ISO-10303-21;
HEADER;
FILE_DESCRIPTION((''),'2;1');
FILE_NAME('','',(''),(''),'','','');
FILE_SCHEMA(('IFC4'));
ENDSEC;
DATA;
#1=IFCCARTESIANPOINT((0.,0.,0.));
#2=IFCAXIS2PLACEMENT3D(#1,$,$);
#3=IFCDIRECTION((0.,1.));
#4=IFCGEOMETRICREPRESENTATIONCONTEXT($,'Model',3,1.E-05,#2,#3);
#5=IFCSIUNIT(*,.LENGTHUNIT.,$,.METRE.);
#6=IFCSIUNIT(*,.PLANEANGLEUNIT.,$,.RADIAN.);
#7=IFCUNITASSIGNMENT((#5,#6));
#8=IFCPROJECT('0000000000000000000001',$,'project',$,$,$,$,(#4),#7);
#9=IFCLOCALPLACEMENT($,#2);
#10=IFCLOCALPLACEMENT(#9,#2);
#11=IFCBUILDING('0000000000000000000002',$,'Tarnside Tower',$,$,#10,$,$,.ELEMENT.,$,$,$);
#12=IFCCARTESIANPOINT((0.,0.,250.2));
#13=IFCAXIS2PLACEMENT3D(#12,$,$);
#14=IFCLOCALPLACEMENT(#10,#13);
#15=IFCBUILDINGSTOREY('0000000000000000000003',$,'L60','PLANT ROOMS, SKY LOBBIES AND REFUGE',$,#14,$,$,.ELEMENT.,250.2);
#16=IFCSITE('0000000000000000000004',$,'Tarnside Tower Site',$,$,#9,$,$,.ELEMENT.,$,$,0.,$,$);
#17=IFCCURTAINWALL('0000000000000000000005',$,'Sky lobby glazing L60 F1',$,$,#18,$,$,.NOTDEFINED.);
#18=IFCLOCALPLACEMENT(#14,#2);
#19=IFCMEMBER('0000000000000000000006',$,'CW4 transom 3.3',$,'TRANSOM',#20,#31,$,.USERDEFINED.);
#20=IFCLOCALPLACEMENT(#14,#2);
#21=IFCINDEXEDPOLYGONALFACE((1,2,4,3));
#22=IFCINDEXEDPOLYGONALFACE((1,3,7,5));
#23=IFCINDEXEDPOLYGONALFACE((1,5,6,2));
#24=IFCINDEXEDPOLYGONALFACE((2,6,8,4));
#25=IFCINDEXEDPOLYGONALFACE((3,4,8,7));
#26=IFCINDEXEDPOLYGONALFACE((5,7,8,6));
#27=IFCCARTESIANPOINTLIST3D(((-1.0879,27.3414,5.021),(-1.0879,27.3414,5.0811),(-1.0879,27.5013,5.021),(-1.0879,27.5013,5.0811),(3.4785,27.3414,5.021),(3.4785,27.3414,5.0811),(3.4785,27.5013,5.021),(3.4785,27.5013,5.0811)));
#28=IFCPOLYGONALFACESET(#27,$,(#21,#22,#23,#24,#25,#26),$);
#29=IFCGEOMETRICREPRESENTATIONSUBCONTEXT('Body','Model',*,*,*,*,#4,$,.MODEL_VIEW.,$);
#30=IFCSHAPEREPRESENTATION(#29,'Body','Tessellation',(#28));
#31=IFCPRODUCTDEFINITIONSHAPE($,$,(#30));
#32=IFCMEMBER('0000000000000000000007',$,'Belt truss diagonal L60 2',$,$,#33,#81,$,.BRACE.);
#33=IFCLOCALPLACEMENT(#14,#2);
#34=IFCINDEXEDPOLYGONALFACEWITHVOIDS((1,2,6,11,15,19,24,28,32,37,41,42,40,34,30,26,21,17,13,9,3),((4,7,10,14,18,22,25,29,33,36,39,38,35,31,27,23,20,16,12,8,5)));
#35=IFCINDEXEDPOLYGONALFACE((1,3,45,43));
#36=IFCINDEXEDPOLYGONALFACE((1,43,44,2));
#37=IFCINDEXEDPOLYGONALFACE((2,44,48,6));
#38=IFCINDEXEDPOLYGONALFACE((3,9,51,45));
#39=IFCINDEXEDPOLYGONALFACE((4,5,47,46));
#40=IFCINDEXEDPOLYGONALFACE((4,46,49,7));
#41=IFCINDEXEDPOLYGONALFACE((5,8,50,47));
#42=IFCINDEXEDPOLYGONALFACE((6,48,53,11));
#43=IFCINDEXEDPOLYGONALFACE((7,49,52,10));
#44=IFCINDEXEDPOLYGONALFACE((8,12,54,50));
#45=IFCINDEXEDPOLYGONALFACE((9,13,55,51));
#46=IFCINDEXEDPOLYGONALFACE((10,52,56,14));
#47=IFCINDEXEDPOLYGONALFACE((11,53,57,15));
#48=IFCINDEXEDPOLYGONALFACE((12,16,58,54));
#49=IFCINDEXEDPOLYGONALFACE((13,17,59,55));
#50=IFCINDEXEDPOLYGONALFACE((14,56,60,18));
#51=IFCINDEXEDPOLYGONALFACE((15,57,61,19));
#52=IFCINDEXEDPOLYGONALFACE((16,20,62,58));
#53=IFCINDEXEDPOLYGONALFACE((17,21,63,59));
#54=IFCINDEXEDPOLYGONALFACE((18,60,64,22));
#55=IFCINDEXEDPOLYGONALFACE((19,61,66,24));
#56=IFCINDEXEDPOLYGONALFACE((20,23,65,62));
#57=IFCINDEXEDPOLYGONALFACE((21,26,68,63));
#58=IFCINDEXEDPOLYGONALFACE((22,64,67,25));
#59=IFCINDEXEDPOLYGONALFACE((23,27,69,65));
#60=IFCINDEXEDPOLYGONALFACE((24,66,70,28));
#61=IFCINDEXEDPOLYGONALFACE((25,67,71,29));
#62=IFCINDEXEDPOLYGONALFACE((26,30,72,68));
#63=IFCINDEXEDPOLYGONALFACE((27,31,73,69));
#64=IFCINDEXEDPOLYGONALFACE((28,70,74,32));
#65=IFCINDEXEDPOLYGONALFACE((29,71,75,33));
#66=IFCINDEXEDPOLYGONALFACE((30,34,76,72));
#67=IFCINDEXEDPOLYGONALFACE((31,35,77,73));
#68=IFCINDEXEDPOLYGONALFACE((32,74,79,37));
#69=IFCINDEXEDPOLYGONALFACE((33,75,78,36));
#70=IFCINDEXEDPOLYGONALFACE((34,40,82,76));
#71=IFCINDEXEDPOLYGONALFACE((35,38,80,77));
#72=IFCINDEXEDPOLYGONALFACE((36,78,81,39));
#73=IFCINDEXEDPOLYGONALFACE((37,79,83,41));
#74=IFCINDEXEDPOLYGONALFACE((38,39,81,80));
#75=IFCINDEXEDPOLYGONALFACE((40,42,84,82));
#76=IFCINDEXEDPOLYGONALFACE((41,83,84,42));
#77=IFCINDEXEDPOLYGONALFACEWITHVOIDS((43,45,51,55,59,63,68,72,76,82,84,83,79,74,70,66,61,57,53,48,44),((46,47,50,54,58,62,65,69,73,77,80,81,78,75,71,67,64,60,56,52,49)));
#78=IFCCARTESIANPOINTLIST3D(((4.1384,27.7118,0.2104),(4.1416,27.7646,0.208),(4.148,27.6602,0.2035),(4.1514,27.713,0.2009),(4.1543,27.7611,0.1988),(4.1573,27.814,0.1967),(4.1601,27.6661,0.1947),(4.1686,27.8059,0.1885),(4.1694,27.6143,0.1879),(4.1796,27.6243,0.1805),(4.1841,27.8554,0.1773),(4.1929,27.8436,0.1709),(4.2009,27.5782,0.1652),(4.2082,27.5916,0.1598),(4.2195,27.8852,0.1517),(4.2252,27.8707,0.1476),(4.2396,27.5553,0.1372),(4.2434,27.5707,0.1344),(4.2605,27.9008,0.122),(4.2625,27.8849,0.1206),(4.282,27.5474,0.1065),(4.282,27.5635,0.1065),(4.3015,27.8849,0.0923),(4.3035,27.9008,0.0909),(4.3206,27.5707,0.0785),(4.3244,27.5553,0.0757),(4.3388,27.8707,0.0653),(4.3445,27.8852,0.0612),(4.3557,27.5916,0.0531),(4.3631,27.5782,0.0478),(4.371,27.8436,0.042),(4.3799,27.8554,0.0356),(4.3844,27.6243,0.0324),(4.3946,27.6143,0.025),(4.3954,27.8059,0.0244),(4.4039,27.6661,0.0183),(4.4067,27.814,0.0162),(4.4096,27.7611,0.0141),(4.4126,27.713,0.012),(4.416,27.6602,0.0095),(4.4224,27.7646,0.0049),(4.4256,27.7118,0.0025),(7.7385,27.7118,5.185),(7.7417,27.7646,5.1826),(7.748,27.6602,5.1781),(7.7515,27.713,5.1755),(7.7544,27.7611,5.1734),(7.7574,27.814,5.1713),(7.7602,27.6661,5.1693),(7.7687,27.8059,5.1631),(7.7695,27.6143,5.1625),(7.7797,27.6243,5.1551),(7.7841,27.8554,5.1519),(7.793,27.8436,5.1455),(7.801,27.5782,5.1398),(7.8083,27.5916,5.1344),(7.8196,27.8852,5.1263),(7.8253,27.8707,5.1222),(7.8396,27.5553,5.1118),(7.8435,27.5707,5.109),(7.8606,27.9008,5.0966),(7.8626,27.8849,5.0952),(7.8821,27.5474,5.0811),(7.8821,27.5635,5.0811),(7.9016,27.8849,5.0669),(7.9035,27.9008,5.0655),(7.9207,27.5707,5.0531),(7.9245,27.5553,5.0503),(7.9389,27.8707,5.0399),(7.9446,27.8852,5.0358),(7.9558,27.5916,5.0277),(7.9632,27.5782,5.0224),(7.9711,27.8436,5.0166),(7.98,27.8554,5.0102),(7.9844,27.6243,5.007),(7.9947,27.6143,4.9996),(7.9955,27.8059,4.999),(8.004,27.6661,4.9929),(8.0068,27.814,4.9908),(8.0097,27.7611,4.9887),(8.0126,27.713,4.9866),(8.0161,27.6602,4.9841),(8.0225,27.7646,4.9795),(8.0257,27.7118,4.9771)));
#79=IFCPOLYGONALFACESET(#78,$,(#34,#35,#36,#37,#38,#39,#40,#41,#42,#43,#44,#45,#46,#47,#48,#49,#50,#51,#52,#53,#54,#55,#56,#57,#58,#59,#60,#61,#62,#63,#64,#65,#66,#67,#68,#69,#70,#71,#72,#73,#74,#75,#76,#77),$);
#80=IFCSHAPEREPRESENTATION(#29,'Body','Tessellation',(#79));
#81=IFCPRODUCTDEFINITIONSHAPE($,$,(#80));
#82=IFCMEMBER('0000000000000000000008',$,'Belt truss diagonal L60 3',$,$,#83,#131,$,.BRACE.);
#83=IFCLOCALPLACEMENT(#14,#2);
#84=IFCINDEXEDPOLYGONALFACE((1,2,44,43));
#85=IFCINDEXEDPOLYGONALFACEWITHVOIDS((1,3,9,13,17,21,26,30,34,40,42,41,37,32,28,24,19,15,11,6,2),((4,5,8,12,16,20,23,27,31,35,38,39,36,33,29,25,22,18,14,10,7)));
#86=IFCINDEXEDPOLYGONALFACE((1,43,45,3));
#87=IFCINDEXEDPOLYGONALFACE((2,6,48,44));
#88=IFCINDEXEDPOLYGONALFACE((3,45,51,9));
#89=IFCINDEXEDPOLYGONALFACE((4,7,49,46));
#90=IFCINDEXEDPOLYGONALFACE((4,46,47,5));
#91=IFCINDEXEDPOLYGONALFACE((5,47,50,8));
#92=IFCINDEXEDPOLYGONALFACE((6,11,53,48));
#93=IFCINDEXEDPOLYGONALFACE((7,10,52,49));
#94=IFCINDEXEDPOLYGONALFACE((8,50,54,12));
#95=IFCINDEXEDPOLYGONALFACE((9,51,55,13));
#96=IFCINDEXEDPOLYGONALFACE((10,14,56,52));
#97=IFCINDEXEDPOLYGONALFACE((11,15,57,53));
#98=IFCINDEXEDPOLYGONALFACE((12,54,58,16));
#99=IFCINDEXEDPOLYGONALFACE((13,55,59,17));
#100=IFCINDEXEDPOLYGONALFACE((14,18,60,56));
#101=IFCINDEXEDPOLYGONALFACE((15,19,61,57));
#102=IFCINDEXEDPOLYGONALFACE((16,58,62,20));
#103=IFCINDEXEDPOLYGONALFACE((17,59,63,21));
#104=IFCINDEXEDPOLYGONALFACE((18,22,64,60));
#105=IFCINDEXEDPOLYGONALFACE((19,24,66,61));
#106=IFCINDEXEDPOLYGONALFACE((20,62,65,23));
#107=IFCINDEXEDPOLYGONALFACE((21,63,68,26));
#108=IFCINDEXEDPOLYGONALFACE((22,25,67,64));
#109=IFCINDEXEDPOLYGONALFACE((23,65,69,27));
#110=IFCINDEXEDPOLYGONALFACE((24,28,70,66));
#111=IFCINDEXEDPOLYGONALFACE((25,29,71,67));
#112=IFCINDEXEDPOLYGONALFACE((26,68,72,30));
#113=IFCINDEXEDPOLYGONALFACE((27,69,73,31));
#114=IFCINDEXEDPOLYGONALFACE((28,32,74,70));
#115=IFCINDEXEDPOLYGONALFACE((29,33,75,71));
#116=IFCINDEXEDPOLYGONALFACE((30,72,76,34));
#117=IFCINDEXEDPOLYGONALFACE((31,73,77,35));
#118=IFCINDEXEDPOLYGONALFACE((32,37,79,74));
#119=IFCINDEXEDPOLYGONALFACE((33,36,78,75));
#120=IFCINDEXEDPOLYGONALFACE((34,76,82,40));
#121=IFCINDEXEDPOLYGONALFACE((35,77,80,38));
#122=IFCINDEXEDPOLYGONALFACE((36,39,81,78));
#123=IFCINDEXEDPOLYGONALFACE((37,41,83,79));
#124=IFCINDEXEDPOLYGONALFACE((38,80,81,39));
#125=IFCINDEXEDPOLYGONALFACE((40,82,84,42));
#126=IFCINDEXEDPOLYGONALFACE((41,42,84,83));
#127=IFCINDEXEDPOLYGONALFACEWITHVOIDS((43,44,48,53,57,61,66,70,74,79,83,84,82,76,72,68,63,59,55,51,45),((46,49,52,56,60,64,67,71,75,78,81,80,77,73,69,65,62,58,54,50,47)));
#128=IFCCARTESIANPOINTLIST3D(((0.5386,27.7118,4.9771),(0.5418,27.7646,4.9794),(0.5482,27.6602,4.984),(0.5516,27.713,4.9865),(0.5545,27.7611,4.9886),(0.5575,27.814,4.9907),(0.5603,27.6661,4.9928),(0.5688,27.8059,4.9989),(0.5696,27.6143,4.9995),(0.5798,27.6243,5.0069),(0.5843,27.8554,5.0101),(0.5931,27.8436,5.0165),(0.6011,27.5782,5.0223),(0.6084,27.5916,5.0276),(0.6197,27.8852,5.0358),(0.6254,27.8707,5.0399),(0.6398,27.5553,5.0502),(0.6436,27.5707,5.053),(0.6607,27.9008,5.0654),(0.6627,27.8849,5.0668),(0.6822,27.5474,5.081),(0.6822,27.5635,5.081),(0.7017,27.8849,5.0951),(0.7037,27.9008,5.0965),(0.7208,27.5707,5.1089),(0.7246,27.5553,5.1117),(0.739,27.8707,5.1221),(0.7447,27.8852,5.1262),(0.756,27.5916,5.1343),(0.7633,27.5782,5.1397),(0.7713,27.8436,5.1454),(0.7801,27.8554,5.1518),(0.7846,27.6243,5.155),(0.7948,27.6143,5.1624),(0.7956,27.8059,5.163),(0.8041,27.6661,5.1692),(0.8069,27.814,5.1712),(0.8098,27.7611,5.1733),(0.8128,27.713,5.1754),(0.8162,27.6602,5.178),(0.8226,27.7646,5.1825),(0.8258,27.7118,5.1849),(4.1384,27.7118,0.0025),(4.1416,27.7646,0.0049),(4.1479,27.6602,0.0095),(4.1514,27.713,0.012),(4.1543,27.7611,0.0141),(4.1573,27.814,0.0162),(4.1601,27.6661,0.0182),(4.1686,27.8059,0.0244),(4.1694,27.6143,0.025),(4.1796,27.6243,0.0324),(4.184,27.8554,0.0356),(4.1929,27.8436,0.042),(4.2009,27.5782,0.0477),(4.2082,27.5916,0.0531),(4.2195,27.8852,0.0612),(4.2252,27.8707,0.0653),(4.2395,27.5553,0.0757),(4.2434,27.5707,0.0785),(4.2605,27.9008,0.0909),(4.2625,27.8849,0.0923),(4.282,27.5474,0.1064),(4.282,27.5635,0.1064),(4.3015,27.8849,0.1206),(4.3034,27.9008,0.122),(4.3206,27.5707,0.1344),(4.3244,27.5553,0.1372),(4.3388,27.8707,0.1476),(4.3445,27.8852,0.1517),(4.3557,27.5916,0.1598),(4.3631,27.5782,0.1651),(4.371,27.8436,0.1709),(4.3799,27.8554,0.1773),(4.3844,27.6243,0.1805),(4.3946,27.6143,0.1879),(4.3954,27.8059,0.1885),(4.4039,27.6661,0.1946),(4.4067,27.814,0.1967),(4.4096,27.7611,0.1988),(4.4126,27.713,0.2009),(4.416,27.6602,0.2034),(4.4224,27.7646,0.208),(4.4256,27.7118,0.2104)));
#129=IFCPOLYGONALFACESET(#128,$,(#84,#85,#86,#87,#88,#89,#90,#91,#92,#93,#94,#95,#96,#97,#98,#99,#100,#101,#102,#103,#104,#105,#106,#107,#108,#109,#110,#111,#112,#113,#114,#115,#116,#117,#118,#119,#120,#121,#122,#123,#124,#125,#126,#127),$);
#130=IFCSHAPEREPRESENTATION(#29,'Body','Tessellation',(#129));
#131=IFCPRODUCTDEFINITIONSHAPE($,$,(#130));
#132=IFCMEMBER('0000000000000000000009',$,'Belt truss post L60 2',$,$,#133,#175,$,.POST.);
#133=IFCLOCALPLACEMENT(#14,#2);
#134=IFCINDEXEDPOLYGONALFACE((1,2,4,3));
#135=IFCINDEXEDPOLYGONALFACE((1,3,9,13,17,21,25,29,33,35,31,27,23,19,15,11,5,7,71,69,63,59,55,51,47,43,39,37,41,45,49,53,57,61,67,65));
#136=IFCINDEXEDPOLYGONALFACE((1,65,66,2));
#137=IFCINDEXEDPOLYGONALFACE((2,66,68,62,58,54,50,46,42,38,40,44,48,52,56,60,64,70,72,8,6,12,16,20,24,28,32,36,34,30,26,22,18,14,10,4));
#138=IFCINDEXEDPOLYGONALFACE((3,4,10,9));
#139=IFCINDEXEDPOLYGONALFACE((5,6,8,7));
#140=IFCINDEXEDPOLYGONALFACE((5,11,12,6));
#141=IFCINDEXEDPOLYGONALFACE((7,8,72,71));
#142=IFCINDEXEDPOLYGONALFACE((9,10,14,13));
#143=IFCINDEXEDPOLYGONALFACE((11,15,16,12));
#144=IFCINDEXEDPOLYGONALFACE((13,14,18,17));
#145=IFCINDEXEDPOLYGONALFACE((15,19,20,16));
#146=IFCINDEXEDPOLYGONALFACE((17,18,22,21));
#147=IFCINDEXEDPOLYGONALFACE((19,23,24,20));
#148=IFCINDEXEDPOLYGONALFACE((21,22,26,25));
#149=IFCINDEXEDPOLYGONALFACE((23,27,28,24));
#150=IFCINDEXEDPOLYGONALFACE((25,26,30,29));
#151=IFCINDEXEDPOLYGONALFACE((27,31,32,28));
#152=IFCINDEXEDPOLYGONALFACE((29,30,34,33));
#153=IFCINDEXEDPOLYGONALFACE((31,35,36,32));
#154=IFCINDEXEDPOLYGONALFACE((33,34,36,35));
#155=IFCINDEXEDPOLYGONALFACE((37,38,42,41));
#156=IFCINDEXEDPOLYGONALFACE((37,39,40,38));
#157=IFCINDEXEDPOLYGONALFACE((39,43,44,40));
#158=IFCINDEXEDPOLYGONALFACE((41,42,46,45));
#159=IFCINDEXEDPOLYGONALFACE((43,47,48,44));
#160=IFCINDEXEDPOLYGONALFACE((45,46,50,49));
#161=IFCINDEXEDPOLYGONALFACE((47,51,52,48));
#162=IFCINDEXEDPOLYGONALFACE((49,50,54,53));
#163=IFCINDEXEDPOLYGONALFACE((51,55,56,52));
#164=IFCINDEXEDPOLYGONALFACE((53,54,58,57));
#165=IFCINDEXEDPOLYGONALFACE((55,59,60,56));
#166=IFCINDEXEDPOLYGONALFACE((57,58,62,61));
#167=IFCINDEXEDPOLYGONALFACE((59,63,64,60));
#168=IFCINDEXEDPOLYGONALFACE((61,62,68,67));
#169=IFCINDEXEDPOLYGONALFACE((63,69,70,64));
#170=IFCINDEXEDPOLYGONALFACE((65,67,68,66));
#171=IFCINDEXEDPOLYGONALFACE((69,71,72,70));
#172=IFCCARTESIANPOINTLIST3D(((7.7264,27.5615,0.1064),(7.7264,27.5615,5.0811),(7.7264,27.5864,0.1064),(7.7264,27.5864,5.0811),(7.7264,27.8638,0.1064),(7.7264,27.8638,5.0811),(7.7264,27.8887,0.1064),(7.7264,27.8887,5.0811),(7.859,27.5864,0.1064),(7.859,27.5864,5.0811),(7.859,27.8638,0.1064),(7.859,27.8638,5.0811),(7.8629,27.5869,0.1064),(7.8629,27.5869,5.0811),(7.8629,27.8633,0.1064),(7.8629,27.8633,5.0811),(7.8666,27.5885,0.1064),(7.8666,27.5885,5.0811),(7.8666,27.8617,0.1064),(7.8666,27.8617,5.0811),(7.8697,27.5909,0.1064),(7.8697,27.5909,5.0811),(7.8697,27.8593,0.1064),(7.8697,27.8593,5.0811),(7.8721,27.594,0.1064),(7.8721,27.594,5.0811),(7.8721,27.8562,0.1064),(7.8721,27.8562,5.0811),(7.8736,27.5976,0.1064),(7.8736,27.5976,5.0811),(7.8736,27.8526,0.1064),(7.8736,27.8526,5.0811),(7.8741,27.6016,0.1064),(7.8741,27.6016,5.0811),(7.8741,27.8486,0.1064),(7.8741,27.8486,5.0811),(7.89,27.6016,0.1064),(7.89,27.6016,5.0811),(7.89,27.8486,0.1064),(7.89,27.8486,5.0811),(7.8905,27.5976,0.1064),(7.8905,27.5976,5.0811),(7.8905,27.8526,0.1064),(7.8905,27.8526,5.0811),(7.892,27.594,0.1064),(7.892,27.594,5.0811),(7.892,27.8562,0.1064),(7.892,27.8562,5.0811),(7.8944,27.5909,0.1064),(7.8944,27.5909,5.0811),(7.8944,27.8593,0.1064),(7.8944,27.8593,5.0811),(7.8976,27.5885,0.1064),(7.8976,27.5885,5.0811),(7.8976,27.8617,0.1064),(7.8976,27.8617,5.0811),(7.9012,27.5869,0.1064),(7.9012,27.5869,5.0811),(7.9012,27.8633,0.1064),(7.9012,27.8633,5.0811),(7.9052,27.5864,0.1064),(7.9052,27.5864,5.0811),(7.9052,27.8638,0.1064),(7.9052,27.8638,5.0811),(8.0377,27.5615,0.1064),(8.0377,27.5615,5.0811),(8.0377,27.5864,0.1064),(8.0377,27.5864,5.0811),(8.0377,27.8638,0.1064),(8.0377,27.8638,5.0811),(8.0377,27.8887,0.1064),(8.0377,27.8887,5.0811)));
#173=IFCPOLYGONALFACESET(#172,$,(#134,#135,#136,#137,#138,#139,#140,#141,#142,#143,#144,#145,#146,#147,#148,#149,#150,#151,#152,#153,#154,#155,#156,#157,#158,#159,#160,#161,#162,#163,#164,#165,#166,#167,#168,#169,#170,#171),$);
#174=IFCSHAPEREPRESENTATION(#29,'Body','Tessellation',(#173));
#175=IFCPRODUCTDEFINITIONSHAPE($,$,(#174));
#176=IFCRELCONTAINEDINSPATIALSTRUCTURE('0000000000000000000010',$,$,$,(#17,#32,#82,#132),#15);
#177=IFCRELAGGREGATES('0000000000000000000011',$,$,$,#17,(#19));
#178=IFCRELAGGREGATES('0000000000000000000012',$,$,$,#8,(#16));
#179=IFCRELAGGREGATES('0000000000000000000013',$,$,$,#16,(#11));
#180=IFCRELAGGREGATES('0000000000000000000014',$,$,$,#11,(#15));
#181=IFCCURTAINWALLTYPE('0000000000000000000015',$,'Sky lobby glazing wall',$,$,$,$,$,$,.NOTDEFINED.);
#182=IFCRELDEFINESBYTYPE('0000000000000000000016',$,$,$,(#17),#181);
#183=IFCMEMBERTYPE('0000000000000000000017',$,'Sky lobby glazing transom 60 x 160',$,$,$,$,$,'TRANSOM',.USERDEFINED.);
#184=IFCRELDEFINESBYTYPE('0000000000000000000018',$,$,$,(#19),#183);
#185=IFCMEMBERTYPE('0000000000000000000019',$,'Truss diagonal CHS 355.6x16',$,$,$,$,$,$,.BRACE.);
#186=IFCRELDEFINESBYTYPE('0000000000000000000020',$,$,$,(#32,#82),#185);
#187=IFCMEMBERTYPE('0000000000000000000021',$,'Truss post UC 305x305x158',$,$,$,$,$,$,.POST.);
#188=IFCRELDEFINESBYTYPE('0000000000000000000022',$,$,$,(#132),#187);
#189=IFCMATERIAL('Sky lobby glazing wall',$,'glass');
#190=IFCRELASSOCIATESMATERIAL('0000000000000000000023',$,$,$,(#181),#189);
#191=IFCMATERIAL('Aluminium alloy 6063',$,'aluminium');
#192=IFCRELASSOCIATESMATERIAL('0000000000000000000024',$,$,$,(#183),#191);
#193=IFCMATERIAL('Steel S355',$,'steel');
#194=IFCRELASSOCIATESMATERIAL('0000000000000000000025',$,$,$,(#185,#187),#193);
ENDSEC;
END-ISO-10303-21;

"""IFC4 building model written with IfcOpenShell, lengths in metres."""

from ifc_helpers import new_model, si_unit, direction, frame, origin, origin_2d, place, context, subcontext, project, spatial, rectangle, hollow_circle, i_section, extrude, material, material_profile, profile_set, type_object, element, aggregate, save


model = new_model("IFC4")

# Units and contexts
model_context = context("Model", 3, precision=1e-05, world=origin(), true_north=direction((0.0, 1.0)))
body_context = subcontext(model_context, "Body", "Model", "MODEL_VIEW")
ifc_project = project(units=[si_unit("LENGTHUNIT", "METRE"), si_unit("PLANEANGLEUNIT", "RADIAN")], contexts=[model_context])

# Site, building, storey
site_placement = place(None, origin())
site = spatial("IfcSite", under=ifc_project, at=site_placement, Name="Tarnside Tower Site", CompositionType="ELEMENT", RefElevation=0.0)
building_placement = place(site_placement, origin())
building = spatial("IfcBuilding", under=site, at=building_placement, Name="Tarnside Tower", CompositionType="ELEMENT")
storey_placement = place(building_placement, frame((0.0, 0.0, 250.2)))
storey = spatial("IfcBuildingStorey", under=building, at=storey_placement, Name="L60", Description="PLANT ROOMS, SKY LOBBIES AND REFUGE", CompositionType="ELEMENT", Elevation=250.2)

# Shared definitions
ifc_material_1 = material(Name="Steel S355", Category="steel")

# Curtain wall, member
ifc_material_2 = material(Name="Sky lobby glazing wall", Category="glass")
curtain_wall_type = type_object("IfcCurtainWallType", Name="Sky lobby glazing wall", PredefinedType="NOTDEFINED", material=ifc_material_2)
curtain_wall_placement = place(storey_placement, origin())
curtain_wall = element("IfcCurtainWall", 1, at=curtain_wall_placement, inside=storey, type_object=curtain_wall_type, Name="Sky lobby glazing L60 F1", PredefinedType="NOTDEFINED")
ifc_material_3 = material(Name="Aluminium alloy 6063", Category="aluminium")
ifc_material_profile_1 = material_profile(ifc_material_3, rectangle(XDim=0.1599, YDim=0.0601, at=origin_2d()), Name="Sky lobby glazing transom 60 x 160")
ifc_profile_set_1 = profile_set([ifc_material_profile_1], Name="Aluminium alloy 6063")
member_type_1 = type_object("IfcMemberType", Name="Sky lobby glazing transom 60 x 160", ElementType="TRANSOM", PredefinedType="USERDEFINED", material=ifc_profile_set_1)
member_1_placement = place(storey_placement, frame((3.4785, 27.4214, 5.051), z_axis=(-1.0, 0.0, 0.0), x_axis=(0.0, -1.0, 0.0)))
member_1 = element("IfcMember", 2, at=member_1_placement, type_object=member_type_1, Name="CW4 transom 3.3", ObjectType="TRANSOM", PredefinedType="USERDEFINED", context=body_context, shape_type="SweptSolid", body=[
    extrude(rectangle(XDim=0.1599, YDim=0.0601, at=origin_2d()), origin(), (0.0, 0.0, 1.0), 4.5664),
])

# Members
ifc_material_profile_2 = material_profile(ifc_material_1, hollow_circle(Radius=0.1777, WallThickness=0.0161, at=origin_2d()), Name="CHS 355.6x16")
ifc_profile_set_2 = profile_set([ifc_material_profile_2], Name="Steel S355")
member_type_2 = type_object("IfcMemberType", Name="Truss diagonal CHS 355.6x16", PredefinedType="BRACE", material=ifc_profile_set_2)
member_2_placement = place(storey_placement, frame((7.8821, 27.7251, 5.0811), z_axis=(-0.586274, 0.0, -0.810113), x_axis=(0.0, -1.0, 0.0)))
element("IfcMember", 3, at=member_2_placement, inside=storey, type_object=member_type_2, Name="Belt truss diagonal L60 2", PredefinedType="BRACE", context=body_context, shape_type="SweptSolid", body=[
    extrude(hollow_circle(Radius=0.1777, WallThickness=0.0161, at=origin_2d()), origin(), (0.0, 0.0, 1.0), 6.1406),
])
member_3_placement = place(storey_placement, frame((4.282, 27.7251, 0.1064), z_axis=(-0.586248, 0.0, 0.810132), x_axis=(0.0, -1.0, 0.0)))
element("IfcMember", 4, at=member_3_placement, inside=storey, type_object=member_type_2, Name="Belt truss diagonal L60 3", PredefinedType="BRACE", context=body_context, shape_type="SweptSolid", body=[
    extrude(hollow_circle(Radius=0.1777, WallThickness=0.0161, at=origin_2d()), origin(), (0.0, 0.0, 1.0), 6.1404),
])
ifc_material_profile_3 = material_profile(ifc_material_1, i_section(OverallWidth=0.3113, OverallDepth=0.3271, WebThickness=0.0159, FlangeThickness=0.0249, FilletRadius=0.0151, at=origin_2d()), Name="UC 305x305x158")
ifc_profile_set_3 = profile_set([ifc_material_profile_3], Name="Steel S355")
member_type_3 = type_object("IfcMemberType", Name="Truss post UC 305x305x158", PredefinedType="POST", material=ifc_profile_set_3)
for number, where, z_axis, x_axis, name in (
    (5, (7.8821, 27.7251, 0.1064), (0.0, 0.0, 1.0), (-1.0, 0.0, 0.0), "Belt truss post L60 2"),
):
    element("IfcMember", number, at=place(storey_placement, frame(where, z_axis=z_axis, x_axis=x_axis)), inside=storey, type_object=member_type_3, Name=name, PredefinedType="POST", context=body_context, shape_type="SweptSolid", body=[
        extrude(i_section(OverallWidth=0.3113, OverallDepth=0.3271, WebThickness=0.0159, FlangeThickness=0.0249, FilletRadius=0.0151, at=origin_2d()), origin(), (0.0, 0.0, 1.0), 4.9746),
    ])

aggregate(curtain_wall, [member_1])

save(model, "model.ifc")
